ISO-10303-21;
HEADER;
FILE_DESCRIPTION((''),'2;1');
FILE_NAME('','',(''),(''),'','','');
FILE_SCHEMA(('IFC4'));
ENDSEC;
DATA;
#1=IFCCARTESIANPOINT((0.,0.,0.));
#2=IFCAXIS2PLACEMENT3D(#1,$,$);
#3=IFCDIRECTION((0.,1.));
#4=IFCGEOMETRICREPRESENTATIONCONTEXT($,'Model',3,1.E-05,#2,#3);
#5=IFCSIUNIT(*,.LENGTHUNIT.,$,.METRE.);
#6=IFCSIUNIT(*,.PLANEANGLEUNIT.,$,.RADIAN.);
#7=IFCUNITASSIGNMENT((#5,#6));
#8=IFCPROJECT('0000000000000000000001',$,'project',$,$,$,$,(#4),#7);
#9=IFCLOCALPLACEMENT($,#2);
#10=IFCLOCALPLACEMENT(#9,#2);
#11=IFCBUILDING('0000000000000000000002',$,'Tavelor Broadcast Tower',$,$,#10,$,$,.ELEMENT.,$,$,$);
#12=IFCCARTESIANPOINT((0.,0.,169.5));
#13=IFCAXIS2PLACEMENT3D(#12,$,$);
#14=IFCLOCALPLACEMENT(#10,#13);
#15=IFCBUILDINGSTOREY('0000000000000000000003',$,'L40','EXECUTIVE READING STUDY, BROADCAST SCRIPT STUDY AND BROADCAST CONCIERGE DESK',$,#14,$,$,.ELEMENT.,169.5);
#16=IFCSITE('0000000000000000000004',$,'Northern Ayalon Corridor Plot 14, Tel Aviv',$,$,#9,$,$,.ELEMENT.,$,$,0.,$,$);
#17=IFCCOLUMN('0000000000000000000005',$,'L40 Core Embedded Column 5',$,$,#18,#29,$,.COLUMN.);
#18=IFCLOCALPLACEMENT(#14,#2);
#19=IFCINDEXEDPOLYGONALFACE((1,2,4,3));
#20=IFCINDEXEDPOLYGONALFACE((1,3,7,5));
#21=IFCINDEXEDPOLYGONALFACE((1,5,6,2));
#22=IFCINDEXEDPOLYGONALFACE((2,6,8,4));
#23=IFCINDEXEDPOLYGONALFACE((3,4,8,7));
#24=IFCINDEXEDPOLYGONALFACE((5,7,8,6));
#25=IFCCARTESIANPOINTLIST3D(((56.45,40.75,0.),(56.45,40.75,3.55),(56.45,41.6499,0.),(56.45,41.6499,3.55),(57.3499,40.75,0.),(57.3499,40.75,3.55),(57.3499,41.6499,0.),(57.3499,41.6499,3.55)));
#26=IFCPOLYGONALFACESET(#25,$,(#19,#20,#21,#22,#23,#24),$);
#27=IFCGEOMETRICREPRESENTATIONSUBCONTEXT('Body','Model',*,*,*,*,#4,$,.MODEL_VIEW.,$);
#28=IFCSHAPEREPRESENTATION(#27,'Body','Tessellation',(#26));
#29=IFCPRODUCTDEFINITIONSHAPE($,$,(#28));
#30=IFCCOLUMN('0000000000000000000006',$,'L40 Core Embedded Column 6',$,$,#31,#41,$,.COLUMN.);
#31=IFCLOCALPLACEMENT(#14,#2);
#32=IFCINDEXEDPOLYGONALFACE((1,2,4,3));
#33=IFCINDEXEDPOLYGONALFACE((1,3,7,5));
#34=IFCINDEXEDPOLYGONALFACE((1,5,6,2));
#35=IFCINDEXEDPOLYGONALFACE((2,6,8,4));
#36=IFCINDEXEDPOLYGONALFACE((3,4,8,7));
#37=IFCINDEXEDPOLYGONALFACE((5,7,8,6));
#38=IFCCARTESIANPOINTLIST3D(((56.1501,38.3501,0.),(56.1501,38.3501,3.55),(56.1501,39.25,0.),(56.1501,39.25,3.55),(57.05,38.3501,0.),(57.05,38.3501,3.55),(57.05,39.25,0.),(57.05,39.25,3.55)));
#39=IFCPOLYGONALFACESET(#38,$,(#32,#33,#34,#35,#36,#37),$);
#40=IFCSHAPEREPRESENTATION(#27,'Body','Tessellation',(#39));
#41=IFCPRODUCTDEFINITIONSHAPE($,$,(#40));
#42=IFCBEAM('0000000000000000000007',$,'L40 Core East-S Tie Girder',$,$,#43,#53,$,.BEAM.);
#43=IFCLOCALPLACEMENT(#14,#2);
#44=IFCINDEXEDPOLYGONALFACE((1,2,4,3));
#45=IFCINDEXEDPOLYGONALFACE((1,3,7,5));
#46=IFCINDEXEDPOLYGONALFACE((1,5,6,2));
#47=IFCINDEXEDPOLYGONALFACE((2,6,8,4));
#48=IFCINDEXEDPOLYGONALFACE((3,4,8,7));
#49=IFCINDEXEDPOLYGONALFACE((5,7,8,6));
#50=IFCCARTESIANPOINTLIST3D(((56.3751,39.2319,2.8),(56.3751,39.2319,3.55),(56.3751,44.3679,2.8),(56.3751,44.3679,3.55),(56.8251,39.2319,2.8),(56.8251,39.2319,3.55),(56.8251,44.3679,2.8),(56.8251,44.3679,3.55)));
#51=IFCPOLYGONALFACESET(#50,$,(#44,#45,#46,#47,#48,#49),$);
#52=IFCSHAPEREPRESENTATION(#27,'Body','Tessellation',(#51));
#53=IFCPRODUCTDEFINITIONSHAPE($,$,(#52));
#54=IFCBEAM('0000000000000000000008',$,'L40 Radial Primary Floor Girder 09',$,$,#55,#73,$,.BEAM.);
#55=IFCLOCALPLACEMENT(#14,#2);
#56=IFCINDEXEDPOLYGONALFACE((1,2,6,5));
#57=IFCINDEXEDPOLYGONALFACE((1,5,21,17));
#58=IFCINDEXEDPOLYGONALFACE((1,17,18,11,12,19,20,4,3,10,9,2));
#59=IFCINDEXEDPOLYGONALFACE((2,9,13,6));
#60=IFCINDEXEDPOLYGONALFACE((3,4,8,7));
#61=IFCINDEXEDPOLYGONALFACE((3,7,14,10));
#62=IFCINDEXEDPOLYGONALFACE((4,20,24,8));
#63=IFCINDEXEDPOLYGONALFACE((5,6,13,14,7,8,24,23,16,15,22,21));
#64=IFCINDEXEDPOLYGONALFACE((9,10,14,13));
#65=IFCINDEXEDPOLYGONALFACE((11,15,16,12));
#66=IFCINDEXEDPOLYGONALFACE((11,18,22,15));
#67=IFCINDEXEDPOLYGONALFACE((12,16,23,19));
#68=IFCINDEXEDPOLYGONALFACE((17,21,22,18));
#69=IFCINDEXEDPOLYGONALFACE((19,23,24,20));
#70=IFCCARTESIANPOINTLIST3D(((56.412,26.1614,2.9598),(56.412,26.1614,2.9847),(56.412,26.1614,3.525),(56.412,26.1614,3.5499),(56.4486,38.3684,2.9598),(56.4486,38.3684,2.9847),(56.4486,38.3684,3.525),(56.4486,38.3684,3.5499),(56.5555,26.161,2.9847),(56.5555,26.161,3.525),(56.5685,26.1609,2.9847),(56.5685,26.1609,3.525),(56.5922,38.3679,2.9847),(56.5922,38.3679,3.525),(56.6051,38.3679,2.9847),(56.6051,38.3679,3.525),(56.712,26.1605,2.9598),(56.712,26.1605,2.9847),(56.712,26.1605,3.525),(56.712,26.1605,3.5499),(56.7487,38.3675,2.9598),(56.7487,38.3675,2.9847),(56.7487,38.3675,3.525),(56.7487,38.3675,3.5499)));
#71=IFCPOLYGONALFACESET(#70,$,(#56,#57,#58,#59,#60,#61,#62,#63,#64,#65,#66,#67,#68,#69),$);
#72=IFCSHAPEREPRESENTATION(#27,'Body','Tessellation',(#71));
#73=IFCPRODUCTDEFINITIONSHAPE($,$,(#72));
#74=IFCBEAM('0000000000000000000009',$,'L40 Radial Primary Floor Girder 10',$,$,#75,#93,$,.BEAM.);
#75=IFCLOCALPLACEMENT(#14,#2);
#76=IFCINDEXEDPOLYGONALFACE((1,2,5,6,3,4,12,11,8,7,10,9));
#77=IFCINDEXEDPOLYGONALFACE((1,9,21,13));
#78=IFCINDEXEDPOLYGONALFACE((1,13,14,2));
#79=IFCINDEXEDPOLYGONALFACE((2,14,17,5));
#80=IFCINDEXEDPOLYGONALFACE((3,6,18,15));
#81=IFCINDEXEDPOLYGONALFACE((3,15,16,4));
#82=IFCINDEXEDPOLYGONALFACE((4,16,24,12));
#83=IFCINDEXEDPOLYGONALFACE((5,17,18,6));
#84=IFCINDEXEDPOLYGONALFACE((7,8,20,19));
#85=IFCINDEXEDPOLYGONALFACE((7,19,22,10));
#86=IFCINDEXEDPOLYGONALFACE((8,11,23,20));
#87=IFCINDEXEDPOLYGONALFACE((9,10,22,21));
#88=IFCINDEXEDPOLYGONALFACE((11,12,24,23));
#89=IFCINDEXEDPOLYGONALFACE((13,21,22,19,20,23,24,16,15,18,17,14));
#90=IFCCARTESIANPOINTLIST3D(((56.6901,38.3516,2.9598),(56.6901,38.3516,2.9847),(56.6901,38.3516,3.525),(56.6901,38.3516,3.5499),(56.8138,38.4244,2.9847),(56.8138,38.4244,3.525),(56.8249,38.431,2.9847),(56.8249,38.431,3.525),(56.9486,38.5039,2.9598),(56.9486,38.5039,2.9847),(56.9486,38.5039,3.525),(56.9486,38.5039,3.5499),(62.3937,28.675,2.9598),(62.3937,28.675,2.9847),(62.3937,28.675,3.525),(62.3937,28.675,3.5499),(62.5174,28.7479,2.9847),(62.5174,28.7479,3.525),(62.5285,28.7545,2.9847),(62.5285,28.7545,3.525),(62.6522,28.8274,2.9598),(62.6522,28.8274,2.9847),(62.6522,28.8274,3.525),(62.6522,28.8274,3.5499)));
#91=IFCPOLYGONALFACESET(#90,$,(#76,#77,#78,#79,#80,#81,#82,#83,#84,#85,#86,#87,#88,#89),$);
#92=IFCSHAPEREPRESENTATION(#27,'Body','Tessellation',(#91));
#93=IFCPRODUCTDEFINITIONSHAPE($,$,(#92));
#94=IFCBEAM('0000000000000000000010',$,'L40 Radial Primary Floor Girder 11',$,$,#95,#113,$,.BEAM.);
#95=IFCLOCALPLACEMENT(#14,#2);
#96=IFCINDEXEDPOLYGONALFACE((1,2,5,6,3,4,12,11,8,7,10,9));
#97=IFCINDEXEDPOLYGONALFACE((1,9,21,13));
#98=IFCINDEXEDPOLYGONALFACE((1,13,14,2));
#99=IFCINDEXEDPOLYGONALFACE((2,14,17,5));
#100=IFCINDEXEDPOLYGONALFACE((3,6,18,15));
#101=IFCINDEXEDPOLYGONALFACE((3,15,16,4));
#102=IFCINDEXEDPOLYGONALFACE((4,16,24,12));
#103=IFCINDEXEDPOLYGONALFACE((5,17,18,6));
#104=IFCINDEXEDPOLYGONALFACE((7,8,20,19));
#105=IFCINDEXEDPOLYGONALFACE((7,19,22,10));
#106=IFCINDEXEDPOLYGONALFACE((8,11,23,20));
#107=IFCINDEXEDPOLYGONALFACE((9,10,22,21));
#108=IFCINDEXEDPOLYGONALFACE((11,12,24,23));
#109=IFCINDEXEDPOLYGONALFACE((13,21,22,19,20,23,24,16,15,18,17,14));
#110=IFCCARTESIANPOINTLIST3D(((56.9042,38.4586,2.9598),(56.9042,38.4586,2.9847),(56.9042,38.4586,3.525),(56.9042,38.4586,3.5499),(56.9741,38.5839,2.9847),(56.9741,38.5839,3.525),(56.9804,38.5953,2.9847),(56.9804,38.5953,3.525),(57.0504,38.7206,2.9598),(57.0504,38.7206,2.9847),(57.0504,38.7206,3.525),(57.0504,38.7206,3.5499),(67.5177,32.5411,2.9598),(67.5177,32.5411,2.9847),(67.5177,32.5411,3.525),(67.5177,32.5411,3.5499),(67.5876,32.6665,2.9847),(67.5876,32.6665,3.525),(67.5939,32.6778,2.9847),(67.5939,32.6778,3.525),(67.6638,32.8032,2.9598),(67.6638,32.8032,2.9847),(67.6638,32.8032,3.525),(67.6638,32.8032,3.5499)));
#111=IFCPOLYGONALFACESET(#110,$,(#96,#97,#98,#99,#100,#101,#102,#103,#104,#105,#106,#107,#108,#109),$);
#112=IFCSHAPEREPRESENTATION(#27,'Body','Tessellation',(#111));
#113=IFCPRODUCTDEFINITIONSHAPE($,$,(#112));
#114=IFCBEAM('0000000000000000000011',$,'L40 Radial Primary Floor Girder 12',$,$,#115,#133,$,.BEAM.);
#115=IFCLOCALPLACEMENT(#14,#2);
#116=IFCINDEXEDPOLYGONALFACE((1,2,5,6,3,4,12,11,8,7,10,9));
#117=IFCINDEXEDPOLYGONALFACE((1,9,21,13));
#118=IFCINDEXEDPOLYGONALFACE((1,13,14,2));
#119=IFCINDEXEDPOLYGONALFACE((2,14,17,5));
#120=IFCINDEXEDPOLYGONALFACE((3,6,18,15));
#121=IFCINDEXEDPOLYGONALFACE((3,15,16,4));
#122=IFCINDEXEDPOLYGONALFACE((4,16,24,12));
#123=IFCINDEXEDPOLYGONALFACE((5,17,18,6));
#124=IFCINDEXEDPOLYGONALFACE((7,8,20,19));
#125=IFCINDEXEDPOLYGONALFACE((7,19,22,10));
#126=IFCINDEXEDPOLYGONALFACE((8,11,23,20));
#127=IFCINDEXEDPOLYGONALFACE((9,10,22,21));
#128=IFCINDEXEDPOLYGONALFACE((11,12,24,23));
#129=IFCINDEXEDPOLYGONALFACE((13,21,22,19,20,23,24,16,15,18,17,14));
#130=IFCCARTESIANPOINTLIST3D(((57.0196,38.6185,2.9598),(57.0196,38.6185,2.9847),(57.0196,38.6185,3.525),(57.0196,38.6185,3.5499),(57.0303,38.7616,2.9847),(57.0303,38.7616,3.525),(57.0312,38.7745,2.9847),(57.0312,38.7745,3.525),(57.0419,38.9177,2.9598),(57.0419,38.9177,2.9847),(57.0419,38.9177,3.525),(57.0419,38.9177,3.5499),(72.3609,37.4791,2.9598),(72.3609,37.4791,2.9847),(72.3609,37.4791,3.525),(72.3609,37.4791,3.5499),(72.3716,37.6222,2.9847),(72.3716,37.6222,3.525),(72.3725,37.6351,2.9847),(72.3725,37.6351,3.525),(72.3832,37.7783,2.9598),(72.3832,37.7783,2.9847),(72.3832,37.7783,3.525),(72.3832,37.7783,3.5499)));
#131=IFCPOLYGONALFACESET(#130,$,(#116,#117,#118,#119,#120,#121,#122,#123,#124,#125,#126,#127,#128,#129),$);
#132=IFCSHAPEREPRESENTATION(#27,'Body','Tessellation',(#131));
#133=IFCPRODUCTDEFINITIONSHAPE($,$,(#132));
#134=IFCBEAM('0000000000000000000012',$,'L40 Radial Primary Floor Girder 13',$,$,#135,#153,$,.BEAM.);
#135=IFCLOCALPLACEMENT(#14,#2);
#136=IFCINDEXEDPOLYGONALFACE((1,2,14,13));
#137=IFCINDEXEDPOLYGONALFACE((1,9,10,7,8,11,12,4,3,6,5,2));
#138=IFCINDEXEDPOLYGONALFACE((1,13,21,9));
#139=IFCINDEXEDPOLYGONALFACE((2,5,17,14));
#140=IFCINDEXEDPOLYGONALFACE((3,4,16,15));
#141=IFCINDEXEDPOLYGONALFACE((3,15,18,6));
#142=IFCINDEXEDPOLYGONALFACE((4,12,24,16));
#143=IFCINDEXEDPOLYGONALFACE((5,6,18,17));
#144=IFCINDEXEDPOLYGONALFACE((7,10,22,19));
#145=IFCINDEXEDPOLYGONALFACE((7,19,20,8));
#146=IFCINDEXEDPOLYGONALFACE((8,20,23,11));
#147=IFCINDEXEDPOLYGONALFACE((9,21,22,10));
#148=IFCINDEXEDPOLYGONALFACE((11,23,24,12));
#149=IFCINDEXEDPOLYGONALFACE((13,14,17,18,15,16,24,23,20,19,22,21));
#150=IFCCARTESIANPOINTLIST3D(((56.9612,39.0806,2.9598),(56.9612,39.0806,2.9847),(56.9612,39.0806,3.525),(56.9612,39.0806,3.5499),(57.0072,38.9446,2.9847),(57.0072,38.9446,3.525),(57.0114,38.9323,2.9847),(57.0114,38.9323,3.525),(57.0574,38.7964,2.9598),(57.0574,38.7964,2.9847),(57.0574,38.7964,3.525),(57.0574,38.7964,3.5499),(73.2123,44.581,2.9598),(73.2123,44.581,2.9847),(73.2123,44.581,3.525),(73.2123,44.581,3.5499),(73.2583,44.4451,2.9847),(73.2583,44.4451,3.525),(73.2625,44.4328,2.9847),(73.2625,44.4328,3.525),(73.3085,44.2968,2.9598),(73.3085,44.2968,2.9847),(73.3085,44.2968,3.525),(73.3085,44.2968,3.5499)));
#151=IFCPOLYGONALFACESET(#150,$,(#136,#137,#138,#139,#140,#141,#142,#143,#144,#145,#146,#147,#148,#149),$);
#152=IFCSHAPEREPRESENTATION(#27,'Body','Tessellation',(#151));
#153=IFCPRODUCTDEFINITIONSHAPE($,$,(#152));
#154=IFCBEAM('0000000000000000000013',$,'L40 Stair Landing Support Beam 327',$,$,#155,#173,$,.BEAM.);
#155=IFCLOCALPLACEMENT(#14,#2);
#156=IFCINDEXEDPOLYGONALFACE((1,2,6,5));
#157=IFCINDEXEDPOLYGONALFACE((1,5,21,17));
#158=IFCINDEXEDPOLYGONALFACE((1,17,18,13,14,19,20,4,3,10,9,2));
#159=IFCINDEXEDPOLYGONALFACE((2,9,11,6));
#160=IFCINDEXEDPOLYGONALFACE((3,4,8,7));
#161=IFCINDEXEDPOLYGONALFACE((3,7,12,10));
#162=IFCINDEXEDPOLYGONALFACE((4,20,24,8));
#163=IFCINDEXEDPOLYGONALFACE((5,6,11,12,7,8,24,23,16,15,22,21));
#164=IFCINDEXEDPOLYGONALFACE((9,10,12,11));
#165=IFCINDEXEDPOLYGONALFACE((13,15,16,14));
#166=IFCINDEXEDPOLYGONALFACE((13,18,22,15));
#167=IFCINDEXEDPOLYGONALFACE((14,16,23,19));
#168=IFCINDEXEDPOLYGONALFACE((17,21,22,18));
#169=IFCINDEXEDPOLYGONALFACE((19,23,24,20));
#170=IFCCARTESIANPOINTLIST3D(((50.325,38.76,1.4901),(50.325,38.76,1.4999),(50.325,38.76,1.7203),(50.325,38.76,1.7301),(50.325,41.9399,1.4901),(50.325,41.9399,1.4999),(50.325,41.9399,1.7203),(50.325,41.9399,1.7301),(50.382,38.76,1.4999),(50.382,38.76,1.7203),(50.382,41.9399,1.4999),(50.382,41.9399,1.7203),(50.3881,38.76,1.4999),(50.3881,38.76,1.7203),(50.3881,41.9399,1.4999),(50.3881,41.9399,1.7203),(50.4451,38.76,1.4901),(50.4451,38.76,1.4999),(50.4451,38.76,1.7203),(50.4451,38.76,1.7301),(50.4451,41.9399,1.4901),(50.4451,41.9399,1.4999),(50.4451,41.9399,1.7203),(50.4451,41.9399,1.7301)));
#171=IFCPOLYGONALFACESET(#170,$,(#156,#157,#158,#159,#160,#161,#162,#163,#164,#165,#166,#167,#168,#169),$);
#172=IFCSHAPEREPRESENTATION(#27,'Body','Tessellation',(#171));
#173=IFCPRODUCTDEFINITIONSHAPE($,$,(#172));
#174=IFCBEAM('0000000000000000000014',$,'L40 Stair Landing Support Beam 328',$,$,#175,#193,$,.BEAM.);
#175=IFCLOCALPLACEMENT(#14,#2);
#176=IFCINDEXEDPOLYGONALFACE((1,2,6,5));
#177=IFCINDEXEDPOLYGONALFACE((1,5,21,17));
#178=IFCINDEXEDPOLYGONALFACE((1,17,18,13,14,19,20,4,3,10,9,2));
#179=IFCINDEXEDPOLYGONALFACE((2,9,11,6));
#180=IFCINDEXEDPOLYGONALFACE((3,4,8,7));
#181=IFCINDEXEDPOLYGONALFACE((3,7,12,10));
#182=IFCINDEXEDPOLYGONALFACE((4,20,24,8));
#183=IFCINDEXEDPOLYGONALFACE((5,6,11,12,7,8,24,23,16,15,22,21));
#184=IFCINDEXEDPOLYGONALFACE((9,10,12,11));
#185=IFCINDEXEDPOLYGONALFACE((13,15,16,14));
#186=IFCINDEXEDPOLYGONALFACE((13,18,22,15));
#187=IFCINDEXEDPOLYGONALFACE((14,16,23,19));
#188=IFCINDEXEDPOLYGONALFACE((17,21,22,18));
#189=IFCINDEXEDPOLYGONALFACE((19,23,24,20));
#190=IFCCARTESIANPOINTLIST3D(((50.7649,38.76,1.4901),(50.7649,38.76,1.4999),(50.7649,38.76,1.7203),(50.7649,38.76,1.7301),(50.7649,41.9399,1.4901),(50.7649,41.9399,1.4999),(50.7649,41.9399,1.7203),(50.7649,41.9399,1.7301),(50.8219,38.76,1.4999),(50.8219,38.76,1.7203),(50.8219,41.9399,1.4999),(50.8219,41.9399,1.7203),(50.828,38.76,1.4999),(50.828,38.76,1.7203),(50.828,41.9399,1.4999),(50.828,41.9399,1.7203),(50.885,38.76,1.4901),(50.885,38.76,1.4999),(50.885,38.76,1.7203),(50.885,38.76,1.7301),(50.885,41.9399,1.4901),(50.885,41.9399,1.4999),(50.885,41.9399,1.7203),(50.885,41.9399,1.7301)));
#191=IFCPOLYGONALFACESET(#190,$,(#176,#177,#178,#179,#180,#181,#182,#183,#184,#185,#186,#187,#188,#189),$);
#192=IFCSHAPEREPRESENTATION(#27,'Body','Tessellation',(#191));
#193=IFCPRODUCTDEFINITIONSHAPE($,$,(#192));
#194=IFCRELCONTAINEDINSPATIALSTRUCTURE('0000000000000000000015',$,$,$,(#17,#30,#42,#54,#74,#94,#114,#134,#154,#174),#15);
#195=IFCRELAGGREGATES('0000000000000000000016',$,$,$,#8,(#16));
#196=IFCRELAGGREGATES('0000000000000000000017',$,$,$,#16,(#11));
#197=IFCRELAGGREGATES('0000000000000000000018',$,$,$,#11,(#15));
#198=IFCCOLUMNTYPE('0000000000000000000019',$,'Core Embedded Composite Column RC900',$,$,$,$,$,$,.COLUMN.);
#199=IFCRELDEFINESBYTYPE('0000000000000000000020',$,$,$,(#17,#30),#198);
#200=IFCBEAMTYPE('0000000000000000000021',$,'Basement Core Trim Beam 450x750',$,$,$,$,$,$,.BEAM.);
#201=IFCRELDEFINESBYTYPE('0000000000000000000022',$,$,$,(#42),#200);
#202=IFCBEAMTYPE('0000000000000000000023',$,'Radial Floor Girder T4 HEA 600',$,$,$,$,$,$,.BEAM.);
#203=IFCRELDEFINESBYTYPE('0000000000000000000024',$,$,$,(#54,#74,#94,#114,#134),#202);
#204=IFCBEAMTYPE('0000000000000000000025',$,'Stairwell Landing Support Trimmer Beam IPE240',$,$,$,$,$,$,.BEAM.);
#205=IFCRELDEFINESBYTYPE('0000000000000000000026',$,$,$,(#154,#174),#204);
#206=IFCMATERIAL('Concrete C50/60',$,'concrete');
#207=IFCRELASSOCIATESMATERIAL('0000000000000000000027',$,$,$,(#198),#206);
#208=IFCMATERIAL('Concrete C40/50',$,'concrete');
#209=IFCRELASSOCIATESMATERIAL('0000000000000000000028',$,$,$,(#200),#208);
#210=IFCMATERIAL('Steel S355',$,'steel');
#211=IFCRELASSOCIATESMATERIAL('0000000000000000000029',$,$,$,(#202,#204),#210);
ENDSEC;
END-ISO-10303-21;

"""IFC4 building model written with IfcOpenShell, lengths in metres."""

from ifc_helpers import new_model, si_unit, direction, frame, origin, origin_2d, place, context, subcontext, project, spatial, rectangle, i_section, extrude, material, material_profile, profile_set, type_object, element, save


model = new_model("IFC4")

# Units and contexts
model_context = context("Model", 3, precision=1e-05, world=origin(), true_north=direction((0.0, 1.0)))
body_context = subcontext(model_context, "Body", "Model", "MODEL_VIEW")
ifc_project = project(units=[si_unit("LENGTHUNIT", "METRE"), si_unit("PLANEANGLEUNIT", "RADIAN")], contexts=[model_context])

# Site, building, storey
site_placement = place(None, origin())
site = spatial("IfcSite", under=ifc_project, at=site_placement, Name="Northern Ayalon Corridor Plot 14, Tel Aviv", CompositionType="ELEMENT", RefElevation=0.0)
building_placement = place(site_placement, origin())
building = spatial("IfcBuilding", under=site, at=building_placement, Name="Tavelor Broadcast Tower", CompositionType="ELEMENT")
storey_placement = place(building_placement, frame((0.0, 0.0, 169.5)))
storey = spatial("IfcBuildingStorey", under=building, at=storey_placement, Name="L40", Description="EXECUTIVE READING STUDY, BROADCAST SCRIPT STUDY AND BROADCAST CONCIERGE DESK", CompositionType="ELEMENT", Elevation=169.5)

# Columns
ifc_material_1 = material(Name="Concrete C50/60", Category="concrete")
ifc_material_profile_1 = material_profile(ifc_material_1, rectangle(XDim=0.8999, YDim=0.8999, at=origin_2d()), Name="RC 900x900")
ifc_profile_set_1 = profile_set([ifc_material_profile_1], Name="Concrete C50/60")
column_type = type_object("IfcColumnType", Name="Core Embedded Composite Column RC900", PredefinedType="COLUMN", material=ifc_profile_set_1)
for number, where, z_axis, x_axis, name in (
    (1, (56.8999, 41.2, 0.0), (0.0, 0.0, 1.0), (1.0, 0.0, 0.0), "L40 Core Embedded Column 5"),
    (2, (56.6001, 38.8, 0.0), (0.0, 0.0, 1.0), (1.0, 0.0, 0.0), "L40 Core Embedded Column 6"),
):
    element("IfcColumn", number, at=place(storey_placement, frame(where, z_axis=z_axis, x_axis=x_axis)), inside=storey, type_object=column_type, Name=name, PredefinedType="COLUMN", context=body_context, shape_type="SweptSolid", body=[
        extrude(rectangle(XDim=0.8999, YDim=0.8999, at=origin_2d()), origin(), (0.0, 0.0, 1.0), 3.55),
    ])

# Beams
ifc_material_2 = material(Name="Concrete C40/50", Category="concrete")
ifc_material_profile_2 = material_profile(ifc_material_2, rectangle(XDim=0.45, YDim=0.75, at=origin_2d()), Name="RC 450x750")
ifc_profile_set_2 = profile_set([ifc_material_profile_2], Name="Concrete C40/50")
beam_type_1 = type_object("IfcBeamType", Name="Basement Core Trim Beam 450x750", PredefinedType="BEAM", material=ifc_profile_set_2)
beam_1_placement = place(storey_placement, frame((56.6001, 39.2319, 3.175), z_axis=(0.0, 1.0, 0.0), x_axis=(-1.0, 0.0, 0.0)))
element("IfcBeam", 3, at=beam_1_placement, inside=storey, type_object=beam_type_1, Name="L40 Core East-S Tie Girder", PredefinedType="BEAM", context=body_context, shape_type="SweptSolid", body=[
    extrude(rectangle(XDim=0.45, YDim=0.75, at=origin_2d()), origin(), (0.0, 0.0, 1.0), 5.136),
])
ifc_material_3 = material(Name="Steel S355", Category="steel")
ifc_material_profile_3 = material_profile(ifc_material_3, i_section(OverallWidth=0.3, OverallDepth=0.5901, WebThickness=0.0129, FlangeThickness=0.0249, at=origin_2d()), Name="HEA 600")
ifc_profile_set_3 = profile_set([ifc_material_profile_3], Name="Steel S355")
beam_type_2 = type_object("IfcBeamType", Name="Radial Floor Girder T4 HEA 600", PredefinedType="BEAM", material=ifc_profile_set_3)
beam_2_placement = place(storey_placement, frame((56.5986, 38.3679, 3.2549), z_axis=(-0.003, -0.999996, 0.0), x_axis=(0.999996, -0.003, 0.0)))
element("IfcBeam", 4, at=beam_2_placement, inside=storey, type_object=beam_type_2, Name="L40 Radial Primary Floor Girder 09", PredefinedType="BEAM", context=body_context, shape_type="SweptSolid", body=[
    extrude(i_section(OverallWidth=0.3, OverallDepth=0.5901, WebThickness=0.0129, FlangeThickness=0.0249, at=origin_2d()), origin(), (0.0, 0.0, 1.0), 12.207),
])
beam_3_placement = place(storey_placement, frame((56.8193, 38.4277, 3.2549), z_axis=(0.507784, -0.861485, 0.0), x_axis=(0.861485, 0.507784, 0.0)))
element("IfcBeam", 5, at=beam_3_placement, inside=storey, type_object=beam_type_2, Name="L40 Radial Primary Floor Girder 10", PredefinedType="BEAM", context=body_context, shape_type="SweptSolid", body=[
    extrude(i_section(OverallWidth=0.3, OverallDepth=0.5901, WebThickness=0.0129, FlangeThickness=0.0249, at=origin_2d()), origin(), (0.0, 0.0, 1.0), 11.2324),
])
beam_4_placement = place(storey_placement, frame((56.9773, 38.5896, 3.2549), z_axis=(0.87342, -0.486968, 0.0), x_axis=(0.486968, 0.87342, 0.0)))
element("IfcBeam", 6, at=beam_4_placement, inside=storey, type_object=beam_type_2, Name="L40 Radial Primary Floor Girder 11", PredefinedType="BEAM", context=body_context, shape_type="SweptSolid", body=[
    extrude(i_section(OverallWidth=0.3, OverallDepth=0.5901, WebThickness=0.0129, FlangeThickness=0.0249, at=origin_2d()), origin(), (0.0, 0.0, 1.0), 12.1516),
])
beam_5_placement = place(storey_placement, frame((57.0308, 38.7681, 3.2549), z_axis=(0.997253, -0.074066, 0.0), x_axis=(0.074066, 0.997253, 0.0)))
element("IfcBeam", 7, at=beam_5_placement, inside=storey, type_object=beam_type_2, Name="L40 Radial Primary Floor Girder 12", PredefinedType="BEAM", context=body_context, shape_type="SweptSolid", body=[
    extrude(i_section(OverallWidth=0.3, OverallDepth=0.5901, WebThickness=0.0129, FlangeThickness=0.0249, at=origin_2d()), origin(), (0.0, 0.0, 1.0), 15.3835),
])
beam_6_placement = place(storey_placement, frame((57.0093, 38.9385, 3.2549), z_axis=(0.947215, 0.3206, 0.0), x_axis=(-0.3206, 0.947215, 0.0)))
element("IfcBeam", 8, at=beam_6_placement, inside=storey, type_object=beam_type_2, Name="L40 Radial Primary Floor Girder 13", PredefinedType="BEAM", context=body_context, shape_type="SweptSolid", body=[
    extrude(i_section(OverallWidth=0.3, OverallDepth=0.5901, WebThickness=0.0129, FlangeThickness=0.0249, at=origin_2d()), origin(), (0.0, 0.0, 1.0), 17.1567),
])
ifc_material_profile_4 = material_profile(ifc_material_3, i_section(OverallWidth=0.1201, OverallDepth=0.24, WebThickness=0.0061, FlangeThickness=0.0098, at=origin_2d()), Name="IPE 240")
ifc_profile_set_4 = profile_set([ifc_material_profile_4], Name="Steel S355")
beam_type_3 = type_object("IfcBeamType", Name="Stairwell Landing Support Trimmer Beam IPE240", PredefinedType="BEAM", material=ifc_profile_set_4)
for number, where, z_axis, x_axis, name in (
    (9, (50.385, 38.76, 1.6101), (0.0, 1.0, 0.0), (-1.0, 0.0, 0.0), "L40 Stair Landing Support Beam 327"),
    (10, (50.825, 38.76, 1.6101), (0.0, 1.0, 0.0), (-1.0, 0.0, 0.0), "L40 Stair Landing Support Beam 328"),
):
    element("IfcBeam", number, at=place(storey_placement, frame(where, z_axis=z_axis, x_axis=x_axis)), inside=storey, type_object=beam_type_3, Name=name, PredefinedType="BEAM", context=body_context, shape_type="SweptSolid", body=[
        extrude(i_section(OverallWidth=0.1201, OverallDepth=0.24, WebThickness=0.0061, FlangeThickness=0.0098, at=origin_2d()), origin(), (0.0, 0.0, 1.0), 3.1799),
    ])

save(model, "model.ifc")
